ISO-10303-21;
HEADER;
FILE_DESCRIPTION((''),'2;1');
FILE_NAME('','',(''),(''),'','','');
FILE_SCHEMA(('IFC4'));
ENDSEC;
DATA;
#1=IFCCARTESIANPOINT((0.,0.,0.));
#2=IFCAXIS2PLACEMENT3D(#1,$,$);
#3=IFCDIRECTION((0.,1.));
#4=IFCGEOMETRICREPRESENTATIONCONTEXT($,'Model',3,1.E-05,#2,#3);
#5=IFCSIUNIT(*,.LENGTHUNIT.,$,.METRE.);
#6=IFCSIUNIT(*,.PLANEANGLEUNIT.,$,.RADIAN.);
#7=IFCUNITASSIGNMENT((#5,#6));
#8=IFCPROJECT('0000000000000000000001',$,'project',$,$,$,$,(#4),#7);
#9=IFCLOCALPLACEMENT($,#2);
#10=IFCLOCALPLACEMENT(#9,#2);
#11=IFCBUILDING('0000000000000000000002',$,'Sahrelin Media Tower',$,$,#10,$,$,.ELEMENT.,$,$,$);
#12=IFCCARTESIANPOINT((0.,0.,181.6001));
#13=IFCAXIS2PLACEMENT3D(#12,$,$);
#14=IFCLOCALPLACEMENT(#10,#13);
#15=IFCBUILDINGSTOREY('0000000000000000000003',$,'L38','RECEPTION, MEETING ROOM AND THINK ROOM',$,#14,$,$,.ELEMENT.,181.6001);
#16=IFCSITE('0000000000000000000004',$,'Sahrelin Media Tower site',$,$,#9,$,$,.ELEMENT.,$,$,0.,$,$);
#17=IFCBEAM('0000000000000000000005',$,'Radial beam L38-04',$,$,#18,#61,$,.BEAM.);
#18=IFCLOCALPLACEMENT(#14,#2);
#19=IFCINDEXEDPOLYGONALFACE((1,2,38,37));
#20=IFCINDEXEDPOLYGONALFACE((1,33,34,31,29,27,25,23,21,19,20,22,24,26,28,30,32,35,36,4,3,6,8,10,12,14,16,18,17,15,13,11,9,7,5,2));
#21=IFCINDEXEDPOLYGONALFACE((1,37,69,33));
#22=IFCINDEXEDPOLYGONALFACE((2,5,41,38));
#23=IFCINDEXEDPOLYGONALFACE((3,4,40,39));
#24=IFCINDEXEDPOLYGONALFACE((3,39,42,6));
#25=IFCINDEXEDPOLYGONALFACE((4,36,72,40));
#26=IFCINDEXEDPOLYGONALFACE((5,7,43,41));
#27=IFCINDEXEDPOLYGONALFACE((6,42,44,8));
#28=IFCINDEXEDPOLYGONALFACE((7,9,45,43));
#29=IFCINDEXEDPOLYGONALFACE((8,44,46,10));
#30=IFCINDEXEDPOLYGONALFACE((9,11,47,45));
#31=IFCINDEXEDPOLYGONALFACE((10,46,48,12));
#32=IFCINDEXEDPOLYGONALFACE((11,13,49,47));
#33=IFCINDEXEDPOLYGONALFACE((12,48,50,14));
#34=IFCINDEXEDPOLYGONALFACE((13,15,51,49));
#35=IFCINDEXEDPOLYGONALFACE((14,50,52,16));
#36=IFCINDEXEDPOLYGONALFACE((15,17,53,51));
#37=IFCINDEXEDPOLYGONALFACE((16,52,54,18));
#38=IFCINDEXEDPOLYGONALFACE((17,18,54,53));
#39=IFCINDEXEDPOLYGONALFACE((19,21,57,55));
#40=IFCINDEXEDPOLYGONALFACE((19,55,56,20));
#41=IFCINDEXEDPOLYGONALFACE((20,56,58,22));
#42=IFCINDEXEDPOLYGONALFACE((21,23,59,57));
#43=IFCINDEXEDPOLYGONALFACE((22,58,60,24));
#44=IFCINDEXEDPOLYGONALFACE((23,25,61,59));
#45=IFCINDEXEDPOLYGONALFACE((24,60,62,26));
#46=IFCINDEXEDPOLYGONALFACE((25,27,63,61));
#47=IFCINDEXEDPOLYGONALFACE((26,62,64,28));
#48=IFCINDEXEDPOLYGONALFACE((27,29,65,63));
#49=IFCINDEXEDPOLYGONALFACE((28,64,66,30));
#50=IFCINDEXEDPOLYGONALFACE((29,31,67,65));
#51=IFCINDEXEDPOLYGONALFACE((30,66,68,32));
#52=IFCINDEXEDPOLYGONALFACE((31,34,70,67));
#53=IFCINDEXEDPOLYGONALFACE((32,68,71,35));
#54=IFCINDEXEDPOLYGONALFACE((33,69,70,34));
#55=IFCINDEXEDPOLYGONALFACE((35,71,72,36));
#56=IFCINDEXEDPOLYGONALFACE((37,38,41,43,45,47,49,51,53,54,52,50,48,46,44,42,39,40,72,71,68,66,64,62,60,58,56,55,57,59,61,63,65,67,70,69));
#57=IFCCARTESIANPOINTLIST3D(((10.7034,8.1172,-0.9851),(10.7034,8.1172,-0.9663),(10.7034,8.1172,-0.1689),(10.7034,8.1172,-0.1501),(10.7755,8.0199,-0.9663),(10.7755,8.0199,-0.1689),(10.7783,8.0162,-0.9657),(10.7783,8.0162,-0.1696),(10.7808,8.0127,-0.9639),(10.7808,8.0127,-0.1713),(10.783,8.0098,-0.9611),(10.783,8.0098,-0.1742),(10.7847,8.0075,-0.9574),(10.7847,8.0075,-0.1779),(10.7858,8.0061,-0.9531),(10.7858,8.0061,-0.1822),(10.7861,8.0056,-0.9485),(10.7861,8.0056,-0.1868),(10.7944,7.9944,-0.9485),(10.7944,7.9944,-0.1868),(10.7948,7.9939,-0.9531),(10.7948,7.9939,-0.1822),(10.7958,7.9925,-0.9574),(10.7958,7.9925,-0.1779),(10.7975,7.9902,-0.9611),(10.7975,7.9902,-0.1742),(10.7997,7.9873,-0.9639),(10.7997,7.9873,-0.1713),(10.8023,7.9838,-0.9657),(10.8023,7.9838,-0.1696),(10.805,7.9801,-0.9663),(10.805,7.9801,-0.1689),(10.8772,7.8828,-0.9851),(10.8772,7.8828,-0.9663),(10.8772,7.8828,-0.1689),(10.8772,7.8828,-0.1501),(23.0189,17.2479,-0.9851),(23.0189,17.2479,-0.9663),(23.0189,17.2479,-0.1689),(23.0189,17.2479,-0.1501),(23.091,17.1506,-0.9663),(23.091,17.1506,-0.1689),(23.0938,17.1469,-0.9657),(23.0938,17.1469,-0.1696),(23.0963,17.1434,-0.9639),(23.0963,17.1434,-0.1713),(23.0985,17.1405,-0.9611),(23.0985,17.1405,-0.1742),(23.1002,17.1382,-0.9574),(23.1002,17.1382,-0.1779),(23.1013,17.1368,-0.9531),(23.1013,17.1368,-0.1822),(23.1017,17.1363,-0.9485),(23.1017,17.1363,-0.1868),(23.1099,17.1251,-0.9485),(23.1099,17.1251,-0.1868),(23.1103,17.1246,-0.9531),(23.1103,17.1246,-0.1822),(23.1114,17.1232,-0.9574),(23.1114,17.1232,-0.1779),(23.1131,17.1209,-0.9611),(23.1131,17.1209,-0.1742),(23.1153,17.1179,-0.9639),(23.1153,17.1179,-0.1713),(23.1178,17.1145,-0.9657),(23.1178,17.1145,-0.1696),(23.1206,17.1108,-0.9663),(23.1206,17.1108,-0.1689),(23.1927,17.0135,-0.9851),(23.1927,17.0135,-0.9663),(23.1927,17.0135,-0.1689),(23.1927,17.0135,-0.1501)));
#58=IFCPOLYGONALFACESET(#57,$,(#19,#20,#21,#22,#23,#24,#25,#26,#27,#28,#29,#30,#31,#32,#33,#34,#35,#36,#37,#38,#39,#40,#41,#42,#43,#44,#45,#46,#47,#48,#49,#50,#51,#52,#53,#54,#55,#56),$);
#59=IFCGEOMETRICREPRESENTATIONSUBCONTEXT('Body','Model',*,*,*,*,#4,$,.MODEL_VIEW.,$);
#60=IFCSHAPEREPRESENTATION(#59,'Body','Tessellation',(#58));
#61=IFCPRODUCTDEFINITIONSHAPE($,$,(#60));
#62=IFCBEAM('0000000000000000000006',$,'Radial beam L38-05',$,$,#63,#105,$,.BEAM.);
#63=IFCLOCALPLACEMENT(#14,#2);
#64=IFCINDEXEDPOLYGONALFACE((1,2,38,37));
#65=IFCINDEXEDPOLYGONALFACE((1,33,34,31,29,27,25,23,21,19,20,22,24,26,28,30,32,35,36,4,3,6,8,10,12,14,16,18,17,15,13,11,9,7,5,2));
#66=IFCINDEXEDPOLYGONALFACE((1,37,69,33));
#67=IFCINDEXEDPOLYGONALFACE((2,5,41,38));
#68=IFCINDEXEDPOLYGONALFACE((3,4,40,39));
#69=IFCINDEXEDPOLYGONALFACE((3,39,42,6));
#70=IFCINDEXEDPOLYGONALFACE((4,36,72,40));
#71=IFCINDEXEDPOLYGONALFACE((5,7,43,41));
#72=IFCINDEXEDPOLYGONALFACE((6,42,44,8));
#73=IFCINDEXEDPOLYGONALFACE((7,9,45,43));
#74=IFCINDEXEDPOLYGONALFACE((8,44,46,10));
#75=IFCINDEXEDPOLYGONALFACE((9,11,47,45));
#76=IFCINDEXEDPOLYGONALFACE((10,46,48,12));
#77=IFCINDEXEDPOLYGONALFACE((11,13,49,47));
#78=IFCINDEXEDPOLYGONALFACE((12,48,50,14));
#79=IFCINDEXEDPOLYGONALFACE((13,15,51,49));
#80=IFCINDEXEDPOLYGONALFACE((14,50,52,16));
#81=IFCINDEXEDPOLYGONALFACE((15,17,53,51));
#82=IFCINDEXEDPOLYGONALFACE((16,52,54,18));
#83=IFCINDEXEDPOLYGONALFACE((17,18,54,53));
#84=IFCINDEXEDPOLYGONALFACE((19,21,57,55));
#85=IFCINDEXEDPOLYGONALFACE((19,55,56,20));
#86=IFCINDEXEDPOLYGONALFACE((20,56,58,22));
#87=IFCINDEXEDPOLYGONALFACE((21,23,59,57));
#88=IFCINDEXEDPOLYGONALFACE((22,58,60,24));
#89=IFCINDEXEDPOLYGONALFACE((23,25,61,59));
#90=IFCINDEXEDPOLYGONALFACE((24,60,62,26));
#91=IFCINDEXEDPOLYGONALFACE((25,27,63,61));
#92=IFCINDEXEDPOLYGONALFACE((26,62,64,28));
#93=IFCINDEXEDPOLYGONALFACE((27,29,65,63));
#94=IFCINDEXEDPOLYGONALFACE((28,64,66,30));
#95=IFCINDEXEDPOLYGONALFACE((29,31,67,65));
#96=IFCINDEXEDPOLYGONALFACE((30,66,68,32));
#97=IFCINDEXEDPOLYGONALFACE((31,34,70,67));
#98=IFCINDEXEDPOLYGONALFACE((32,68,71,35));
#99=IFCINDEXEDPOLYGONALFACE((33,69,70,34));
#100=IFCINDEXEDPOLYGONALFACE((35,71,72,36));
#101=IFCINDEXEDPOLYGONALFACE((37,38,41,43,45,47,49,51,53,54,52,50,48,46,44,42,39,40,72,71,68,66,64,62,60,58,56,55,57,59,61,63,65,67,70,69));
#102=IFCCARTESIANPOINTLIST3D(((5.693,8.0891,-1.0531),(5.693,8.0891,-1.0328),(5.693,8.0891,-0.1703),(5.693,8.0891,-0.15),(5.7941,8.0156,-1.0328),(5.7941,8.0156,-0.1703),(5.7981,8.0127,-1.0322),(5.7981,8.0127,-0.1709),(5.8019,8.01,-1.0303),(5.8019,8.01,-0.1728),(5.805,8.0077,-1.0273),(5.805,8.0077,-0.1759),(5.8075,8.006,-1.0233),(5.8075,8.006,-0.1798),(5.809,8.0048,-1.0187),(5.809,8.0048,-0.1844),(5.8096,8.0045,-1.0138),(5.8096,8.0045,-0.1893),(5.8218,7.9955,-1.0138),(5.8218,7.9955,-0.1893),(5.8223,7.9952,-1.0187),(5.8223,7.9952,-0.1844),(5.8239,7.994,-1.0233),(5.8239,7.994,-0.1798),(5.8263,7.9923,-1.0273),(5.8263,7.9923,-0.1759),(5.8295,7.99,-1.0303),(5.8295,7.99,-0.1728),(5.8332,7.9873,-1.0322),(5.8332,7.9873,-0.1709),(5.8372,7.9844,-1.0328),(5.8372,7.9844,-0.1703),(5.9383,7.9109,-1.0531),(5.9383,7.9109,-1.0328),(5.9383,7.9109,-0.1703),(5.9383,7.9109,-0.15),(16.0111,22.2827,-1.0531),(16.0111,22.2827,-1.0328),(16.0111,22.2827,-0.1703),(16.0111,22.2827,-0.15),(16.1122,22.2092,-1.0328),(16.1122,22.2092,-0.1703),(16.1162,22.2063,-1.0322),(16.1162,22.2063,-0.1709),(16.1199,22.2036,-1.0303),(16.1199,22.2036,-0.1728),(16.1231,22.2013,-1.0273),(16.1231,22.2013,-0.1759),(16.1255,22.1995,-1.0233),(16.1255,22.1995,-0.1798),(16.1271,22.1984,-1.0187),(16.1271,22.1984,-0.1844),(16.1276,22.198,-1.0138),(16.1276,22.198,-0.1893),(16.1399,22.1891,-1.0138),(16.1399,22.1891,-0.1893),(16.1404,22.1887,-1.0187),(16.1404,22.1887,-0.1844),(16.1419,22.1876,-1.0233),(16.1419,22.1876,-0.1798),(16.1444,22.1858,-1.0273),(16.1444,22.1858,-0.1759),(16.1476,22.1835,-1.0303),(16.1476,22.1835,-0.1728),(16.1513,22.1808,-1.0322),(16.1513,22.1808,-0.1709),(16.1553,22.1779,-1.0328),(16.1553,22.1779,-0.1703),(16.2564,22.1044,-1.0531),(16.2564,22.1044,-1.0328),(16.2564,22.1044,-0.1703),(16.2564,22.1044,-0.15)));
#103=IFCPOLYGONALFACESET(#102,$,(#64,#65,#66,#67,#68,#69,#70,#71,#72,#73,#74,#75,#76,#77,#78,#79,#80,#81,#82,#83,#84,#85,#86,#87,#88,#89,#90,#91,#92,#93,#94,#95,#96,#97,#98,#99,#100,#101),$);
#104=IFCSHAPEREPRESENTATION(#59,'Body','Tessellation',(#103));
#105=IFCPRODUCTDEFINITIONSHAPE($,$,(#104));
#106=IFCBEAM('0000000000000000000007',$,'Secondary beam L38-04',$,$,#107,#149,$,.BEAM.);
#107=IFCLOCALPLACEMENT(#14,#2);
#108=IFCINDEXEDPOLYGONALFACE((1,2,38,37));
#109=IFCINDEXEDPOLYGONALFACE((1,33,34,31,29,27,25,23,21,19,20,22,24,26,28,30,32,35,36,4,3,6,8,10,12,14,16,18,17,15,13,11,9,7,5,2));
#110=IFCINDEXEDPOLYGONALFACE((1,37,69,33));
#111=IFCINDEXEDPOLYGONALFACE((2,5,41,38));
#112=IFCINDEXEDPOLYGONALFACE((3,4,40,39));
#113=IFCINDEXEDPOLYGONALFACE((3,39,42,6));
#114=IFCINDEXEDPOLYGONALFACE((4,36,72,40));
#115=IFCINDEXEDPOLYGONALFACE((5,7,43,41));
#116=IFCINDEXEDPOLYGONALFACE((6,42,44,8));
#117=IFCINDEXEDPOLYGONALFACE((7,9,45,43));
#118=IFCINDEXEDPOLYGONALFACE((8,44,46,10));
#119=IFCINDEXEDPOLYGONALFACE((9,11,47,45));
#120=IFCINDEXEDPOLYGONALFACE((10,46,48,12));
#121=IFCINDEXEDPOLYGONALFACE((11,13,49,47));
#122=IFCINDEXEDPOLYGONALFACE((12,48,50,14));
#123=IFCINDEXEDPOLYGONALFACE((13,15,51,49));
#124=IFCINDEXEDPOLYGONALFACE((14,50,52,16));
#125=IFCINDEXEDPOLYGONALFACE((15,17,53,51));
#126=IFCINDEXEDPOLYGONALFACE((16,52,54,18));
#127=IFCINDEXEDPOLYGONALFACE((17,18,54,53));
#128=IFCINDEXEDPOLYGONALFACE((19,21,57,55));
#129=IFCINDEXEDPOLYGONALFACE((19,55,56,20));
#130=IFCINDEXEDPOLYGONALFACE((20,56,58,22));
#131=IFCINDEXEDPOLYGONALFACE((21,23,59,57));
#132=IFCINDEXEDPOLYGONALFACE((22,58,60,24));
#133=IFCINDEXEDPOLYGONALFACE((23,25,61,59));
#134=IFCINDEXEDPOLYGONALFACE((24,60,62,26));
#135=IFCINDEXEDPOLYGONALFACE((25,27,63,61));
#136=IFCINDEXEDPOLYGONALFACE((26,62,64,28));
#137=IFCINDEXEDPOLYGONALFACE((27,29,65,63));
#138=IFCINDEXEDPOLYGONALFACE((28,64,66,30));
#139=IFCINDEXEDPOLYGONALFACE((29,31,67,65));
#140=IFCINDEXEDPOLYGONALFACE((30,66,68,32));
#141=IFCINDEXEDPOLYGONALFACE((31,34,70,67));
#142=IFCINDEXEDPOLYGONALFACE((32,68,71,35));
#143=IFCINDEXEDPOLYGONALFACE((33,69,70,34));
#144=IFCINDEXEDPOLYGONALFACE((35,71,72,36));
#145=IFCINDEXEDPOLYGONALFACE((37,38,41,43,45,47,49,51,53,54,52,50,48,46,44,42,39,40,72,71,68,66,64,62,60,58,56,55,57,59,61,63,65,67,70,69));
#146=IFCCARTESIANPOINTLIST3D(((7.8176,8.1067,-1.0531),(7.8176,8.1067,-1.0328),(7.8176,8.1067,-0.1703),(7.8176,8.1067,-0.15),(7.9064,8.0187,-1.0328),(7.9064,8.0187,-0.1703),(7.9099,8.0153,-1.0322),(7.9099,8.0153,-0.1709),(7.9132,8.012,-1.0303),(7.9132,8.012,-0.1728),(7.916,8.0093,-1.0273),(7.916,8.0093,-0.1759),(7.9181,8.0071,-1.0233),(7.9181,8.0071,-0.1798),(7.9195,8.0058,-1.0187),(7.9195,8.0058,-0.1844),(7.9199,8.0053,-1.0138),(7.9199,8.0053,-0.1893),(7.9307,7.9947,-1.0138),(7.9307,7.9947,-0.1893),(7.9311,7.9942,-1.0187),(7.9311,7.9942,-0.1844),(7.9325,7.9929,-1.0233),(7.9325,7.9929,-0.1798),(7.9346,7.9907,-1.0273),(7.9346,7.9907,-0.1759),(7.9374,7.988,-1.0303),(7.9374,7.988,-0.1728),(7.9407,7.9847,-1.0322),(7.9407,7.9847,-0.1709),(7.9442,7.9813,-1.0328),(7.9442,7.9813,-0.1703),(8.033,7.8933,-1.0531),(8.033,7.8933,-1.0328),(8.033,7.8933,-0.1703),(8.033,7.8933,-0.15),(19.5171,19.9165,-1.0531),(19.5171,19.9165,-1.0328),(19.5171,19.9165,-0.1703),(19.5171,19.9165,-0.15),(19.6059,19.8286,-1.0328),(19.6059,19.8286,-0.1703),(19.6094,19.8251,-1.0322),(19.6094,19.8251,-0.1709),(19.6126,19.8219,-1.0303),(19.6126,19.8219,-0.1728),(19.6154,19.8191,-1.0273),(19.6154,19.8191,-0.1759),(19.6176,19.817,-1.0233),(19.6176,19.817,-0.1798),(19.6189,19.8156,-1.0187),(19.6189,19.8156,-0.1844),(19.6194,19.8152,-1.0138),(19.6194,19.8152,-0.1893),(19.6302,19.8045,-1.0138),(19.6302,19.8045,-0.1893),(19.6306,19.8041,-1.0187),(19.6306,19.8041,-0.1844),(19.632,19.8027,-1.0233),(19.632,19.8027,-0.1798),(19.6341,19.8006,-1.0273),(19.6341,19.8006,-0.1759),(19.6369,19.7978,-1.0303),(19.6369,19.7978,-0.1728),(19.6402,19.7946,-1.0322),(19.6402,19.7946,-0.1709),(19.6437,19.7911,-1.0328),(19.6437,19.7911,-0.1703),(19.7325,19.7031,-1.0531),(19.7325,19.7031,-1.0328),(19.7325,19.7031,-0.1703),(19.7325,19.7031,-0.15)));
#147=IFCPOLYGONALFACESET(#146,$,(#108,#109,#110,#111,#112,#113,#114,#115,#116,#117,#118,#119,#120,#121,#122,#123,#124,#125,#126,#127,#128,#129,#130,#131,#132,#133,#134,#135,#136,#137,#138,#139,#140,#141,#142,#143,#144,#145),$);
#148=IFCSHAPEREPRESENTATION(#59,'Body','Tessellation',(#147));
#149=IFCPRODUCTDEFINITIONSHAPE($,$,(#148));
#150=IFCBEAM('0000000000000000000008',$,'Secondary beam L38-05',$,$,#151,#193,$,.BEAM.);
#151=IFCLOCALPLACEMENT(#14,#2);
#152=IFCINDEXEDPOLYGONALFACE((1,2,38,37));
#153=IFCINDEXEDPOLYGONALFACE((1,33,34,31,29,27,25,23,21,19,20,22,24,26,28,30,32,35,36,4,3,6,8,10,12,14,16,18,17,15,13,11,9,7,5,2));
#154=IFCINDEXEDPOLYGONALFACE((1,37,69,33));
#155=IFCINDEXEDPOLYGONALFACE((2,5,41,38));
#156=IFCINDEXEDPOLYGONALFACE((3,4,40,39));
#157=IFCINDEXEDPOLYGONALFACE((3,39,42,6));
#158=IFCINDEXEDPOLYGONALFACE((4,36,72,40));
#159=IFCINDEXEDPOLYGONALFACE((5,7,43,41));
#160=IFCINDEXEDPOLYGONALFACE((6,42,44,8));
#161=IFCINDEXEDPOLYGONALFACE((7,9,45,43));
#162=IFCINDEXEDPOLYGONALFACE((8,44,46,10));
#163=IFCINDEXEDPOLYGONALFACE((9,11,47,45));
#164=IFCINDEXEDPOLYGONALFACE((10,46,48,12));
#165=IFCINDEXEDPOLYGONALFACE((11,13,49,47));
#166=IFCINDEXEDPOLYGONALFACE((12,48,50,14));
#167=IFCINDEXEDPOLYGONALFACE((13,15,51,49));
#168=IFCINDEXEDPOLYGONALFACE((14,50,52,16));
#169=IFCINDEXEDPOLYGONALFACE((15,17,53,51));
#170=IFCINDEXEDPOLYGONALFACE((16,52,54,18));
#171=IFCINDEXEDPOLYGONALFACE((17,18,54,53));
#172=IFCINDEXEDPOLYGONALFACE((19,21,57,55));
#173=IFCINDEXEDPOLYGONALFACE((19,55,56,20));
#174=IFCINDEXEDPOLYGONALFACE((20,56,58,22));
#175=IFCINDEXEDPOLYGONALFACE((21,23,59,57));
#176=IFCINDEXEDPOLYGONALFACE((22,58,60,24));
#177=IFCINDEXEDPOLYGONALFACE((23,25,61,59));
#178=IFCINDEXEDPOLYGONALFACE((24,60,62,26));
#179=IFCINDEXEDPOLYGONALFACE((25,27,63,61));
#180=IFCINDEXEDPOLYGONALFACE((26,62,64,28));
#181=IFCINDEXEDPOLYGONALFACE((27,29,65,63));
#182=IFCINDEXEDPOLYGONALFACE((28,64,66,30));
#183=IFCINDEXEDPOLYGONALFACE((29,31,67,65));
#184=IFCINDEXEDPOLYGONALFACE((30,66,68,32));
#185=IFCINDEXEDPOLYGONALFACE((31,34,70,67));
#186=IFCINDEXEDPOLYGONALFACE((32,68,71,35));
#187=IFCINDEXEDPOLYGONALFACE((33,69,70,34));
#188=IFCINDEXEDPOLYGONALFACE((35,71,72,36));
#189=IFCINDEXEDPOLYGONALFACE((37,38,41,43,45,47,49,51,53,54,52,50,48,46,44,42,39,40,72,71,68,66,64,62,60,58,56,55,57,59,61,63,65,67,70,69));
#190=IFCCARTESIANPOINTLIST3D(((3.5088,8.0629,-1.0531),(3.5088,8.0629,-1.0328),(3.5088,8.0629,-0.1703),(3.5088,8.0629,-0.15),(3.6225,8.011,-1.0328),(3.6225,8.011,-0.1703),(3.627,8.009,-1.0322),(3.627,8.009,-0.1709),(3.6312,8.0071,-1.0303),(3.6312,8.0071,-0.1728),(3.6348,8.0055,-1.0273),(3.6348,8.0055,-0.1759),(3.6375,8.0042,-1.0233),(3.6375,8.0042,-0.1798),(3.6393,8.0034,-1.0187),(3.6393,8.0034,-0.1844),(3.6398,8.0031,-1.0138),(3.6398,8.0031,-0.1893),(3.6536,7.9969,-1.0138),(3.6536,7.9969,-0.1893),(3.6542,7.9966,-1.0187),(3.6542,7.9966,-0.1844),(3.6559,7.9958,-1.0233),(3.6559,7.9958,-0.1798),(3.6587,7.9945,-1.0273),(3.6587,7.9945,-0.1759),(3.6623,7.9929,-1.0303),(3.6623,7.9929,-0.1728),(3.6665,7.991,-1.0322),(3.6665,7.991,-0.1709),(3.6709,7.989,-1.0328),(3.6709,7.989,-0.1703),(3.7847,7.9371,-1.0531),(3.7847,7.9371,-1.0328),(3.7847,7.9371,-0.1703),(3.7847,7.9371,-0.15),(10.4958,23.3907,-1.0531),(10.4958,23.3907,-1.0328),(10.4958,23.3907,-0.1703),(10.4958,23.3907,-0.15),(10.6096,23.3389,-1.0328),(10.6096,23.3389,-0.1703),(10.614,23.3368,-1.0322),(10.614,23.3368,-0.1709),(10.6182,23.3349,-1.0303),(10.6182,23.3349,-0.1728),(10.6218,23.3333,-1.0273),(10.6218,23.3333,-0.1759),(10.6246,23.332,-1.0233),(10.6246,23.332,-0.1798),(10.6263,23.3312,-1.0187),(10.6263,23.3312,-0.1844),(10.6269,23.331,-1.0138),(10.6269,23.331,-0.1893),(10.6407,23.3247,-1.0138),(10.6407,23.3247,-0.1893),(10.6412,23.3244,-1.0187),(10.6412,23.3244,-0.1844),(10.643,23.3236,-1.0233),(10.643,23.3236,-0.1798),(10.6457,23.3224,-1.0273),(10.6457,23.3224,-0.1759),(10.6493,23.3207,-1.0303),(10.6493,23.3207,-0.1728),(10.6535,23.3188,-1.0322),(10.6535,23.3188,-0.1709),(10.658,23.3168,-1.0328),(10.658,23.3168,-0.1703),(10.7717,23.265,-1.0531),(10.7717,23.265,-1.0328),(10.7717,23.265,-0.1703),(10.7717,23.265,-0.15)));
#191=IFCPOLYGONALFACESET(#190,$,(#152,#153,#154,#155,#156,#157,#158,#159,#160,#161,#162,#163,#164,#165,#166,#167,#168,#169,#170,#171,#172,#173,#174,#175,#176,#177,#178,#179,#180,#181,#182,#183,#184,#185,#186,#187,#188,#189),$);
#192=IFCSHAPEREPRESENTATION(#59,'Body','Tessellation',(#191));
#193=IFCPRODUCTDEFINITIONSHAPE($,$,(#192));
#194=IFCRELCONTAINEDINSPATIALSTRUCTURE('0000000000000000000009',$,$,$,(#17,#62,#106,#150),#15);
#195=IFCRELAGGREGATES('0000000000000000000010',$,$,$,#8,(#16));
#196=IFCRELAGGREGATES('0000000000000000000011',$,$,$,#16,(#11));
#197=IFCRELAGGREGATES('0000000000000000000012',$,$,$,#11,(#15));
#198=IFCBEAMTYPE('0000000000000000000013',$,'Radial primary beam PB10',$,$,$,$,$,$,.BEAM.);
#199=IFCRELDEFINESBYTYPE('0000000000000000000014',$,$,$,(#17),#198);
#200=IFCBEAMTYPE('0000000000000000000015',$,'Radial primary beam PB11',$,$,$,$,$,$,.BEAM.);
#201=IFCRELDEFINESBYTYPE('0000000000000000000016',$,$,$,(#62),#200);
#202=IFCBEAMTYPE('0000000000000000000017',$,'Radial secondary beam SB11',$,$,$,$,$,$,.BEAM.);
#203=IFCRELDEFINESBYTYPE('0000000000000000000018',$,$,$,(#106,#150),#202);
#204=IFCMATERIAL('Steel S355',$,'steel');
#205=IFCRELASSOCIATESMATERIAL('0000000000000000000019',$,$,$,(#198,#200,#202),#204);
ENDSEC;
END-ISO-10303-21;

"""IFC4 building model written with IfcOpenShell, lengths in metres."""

from ifc_helpers import new_model, si_unit, direction, frame, origin, origin_2d, place, context, subcontext, project, spatial, i_section, extrude, material, material_profile, profile_set, type_object, element, save


model = new_model("IFC4")

# Units and contexts
model_context = context("Model", 3, precision=1e-05, world=origin(), true_north=direction((0.0, 1.0)))
body_context = subcontext(model_context, "Body", "Model", "MODEL_VIEW")
ifc_project = project(units=[si_unit("LENGTHUNIT", "METRE"), si_unit("PLANEANGLEUNIT", "RADIAN")], contexts=[model_context])

# Site, building, storey
site_placement = place(None, origin())
site = spatial("IfcSite", under=ifc_project, at=site_placement, Name="Sahrelin Media Tower site", CompositionType="ELEMENT", RefElevation=0.0)
building_placement = place(site_placement, origin())
building = spatial("IfcBuilding", under=site, at=building_placement, Name="Sahrelin Media Tower", CompositionType="ELEMENT")
storey_placement = place(building_placement, frame((0.0, 0.0, 181.6001)))
storey = spatial("IfcBuildingStorey", under=building, at=storey_placement, Name="L38", Description="RECEPTION, MEETING ROOM AND THINK ROOM", CompositionType="ELEMENT", Elevation=181.6001)

# Shared definitions
ifc_material_1 = material(Name="Steel S355", Category="steel")

# Beams
ifc_material_profile_1 = material_profile(ifc_material_1, i_section(OverallWidth=0.2917, OverallDepth=0.835, WebThickness=0.0139, FlangeThickness=0.0188, FilletRadius=0.0178, at=origin_2d()), Name="UB 838x292x176")
ifc_profile_set_1 = profile_set([ifc_material_profile_1], Name="Steel S355")
beam_type_1 = type_object("IfcBeamType", Name="Radial primary beam PB10", PredefinedType="BEAM", material=ifc_profile_set_1)
beam_1_placement = place(storey_placement, frame((10.7903, 8.0, -0.5676), z_axis=(0.803305, 0.595568, 0.0), x_axis=(-0.595568, 0.803305, 0.0)))
element("IfcBeam", 1, at=beam_1_placement, inside=storey, type_object=beam_type_1, Name="Radial beam L38-04", PredefinedType="BEAM", context=body_context, shape_type="SweptSolid", body=[
    extrude(i_section(OverallWidth=0.2917, OverallDepth=0.835, WebThickness=0.0139, FlangeThickness=0.0188, FilletRadius=0.0178, at=origin_2d()), origin(), (0.0, 0.0, 1.0), 15.3311),
])
ifc_material_profile_2 = material_profile(ifc_material_1, i_section(OverallWidth=0.3032, OverallDepth=0.9031, WebThickness=0.0151, FlangeThickness=0.0203, FilletRadius=0.019, at=origin_2d()), Name="UB 914x305x201")
ifc_profile_set_2 = profile_set([ifc_material_profile_2], Name="Steel S355")
beam_type_2 = type_object("IfcBeamType", Name="Radial primary beam PB11", PredefinedType="BEAM", material=ifc_profile_set_2)
beam_2_placement = place(storey_placement, frame((5.8157, 8.0, -0.6016), z_axis=(0.588004, 0.808858, 0.0), x_axis=(-0.808858, 0.588004, 0.0)))
element("IfcBeam", 2, at=beam_2_placement, inside=storey, type_object=beam_type_2, Name="Radial beam L38-05", PredefinedType="BEAM", context=body_context, shape_type="SweptSolid", body=[
    extrude(i_section(OverallWidth=0.3032, OverallDepth=0.9031, WebThickness=0.0151, FlangeThickness=0.0203, FilletRadius=0.019, at=origin_2d()), origin(), (0.0, 0.0, 1.0), 17.5476),
])
ifc_material_profile_3 = material_profile(ifc_material_1, i_section(OverallWidth=0.3032, OverallDepth=0.9031, WebThickness=0.0151, FlangeThickness=0.0203, FilletRadius=0.019, at=origin_2d()), Name="UB 914x305x201")
ifc_profile_set_3 = profile_set([ifc_material_profile_3], Name="Steel S355")
beam_type_3 = type_object("IfcBeamType", Name="Radial secondary beam SB11", PredefinedType="BEAM", material=ifc_profile_set_3)
beam_3_placement = place(storey_placement, frame((7.9253, 8.0, -0.6016), z_axis=(0.70378, 0.710418, 0.0), x_axis=(-0.710418, 0.70378, 0.0)))
element("IfcBeam", 3, at=beam_3_placement, inside=storey, type_object=beam_type_3, Name="Secondary beam L38-04", PredefinedType="BEAM", context=body_context, shape_type="SweptSolid", body=[
    extrude(i_section(OverallWidth=0.3032, OverallDepth=0.9031, WebThickness=0.0151, FlangeThickness=0.0203, FilletRadius=0.019, at=origin_2d()), origin(), (0.0, 0.0, 1.0), 16.6238),
])
beam_4_placement = place(storey_placement, frame((3.6467, 8.0, -0.6016), z_axis=(0.414779, 0.909922, 0.0), x_axis=(-0.909922, 0.414779, 0.0)))
element("IfcBeam", 4, at=beam_4_placement, inside=storey, type_object=beam_type_3, Name="Secondary beam L38-05", PredefinedType="BEAM", context=body_context, shape_type="SweptSolid", body=[
    extrude(i_section(OverallWidth=0.3032, OverallDepth=0.9031, WebThickness=0.0151, FlangeThickness=0.0203, FilletRadius=0.019, at=origin_2d()), origin(), (0.0, 0.0, 1.0), 16.8452),
])

save(model, "model.ifc")
